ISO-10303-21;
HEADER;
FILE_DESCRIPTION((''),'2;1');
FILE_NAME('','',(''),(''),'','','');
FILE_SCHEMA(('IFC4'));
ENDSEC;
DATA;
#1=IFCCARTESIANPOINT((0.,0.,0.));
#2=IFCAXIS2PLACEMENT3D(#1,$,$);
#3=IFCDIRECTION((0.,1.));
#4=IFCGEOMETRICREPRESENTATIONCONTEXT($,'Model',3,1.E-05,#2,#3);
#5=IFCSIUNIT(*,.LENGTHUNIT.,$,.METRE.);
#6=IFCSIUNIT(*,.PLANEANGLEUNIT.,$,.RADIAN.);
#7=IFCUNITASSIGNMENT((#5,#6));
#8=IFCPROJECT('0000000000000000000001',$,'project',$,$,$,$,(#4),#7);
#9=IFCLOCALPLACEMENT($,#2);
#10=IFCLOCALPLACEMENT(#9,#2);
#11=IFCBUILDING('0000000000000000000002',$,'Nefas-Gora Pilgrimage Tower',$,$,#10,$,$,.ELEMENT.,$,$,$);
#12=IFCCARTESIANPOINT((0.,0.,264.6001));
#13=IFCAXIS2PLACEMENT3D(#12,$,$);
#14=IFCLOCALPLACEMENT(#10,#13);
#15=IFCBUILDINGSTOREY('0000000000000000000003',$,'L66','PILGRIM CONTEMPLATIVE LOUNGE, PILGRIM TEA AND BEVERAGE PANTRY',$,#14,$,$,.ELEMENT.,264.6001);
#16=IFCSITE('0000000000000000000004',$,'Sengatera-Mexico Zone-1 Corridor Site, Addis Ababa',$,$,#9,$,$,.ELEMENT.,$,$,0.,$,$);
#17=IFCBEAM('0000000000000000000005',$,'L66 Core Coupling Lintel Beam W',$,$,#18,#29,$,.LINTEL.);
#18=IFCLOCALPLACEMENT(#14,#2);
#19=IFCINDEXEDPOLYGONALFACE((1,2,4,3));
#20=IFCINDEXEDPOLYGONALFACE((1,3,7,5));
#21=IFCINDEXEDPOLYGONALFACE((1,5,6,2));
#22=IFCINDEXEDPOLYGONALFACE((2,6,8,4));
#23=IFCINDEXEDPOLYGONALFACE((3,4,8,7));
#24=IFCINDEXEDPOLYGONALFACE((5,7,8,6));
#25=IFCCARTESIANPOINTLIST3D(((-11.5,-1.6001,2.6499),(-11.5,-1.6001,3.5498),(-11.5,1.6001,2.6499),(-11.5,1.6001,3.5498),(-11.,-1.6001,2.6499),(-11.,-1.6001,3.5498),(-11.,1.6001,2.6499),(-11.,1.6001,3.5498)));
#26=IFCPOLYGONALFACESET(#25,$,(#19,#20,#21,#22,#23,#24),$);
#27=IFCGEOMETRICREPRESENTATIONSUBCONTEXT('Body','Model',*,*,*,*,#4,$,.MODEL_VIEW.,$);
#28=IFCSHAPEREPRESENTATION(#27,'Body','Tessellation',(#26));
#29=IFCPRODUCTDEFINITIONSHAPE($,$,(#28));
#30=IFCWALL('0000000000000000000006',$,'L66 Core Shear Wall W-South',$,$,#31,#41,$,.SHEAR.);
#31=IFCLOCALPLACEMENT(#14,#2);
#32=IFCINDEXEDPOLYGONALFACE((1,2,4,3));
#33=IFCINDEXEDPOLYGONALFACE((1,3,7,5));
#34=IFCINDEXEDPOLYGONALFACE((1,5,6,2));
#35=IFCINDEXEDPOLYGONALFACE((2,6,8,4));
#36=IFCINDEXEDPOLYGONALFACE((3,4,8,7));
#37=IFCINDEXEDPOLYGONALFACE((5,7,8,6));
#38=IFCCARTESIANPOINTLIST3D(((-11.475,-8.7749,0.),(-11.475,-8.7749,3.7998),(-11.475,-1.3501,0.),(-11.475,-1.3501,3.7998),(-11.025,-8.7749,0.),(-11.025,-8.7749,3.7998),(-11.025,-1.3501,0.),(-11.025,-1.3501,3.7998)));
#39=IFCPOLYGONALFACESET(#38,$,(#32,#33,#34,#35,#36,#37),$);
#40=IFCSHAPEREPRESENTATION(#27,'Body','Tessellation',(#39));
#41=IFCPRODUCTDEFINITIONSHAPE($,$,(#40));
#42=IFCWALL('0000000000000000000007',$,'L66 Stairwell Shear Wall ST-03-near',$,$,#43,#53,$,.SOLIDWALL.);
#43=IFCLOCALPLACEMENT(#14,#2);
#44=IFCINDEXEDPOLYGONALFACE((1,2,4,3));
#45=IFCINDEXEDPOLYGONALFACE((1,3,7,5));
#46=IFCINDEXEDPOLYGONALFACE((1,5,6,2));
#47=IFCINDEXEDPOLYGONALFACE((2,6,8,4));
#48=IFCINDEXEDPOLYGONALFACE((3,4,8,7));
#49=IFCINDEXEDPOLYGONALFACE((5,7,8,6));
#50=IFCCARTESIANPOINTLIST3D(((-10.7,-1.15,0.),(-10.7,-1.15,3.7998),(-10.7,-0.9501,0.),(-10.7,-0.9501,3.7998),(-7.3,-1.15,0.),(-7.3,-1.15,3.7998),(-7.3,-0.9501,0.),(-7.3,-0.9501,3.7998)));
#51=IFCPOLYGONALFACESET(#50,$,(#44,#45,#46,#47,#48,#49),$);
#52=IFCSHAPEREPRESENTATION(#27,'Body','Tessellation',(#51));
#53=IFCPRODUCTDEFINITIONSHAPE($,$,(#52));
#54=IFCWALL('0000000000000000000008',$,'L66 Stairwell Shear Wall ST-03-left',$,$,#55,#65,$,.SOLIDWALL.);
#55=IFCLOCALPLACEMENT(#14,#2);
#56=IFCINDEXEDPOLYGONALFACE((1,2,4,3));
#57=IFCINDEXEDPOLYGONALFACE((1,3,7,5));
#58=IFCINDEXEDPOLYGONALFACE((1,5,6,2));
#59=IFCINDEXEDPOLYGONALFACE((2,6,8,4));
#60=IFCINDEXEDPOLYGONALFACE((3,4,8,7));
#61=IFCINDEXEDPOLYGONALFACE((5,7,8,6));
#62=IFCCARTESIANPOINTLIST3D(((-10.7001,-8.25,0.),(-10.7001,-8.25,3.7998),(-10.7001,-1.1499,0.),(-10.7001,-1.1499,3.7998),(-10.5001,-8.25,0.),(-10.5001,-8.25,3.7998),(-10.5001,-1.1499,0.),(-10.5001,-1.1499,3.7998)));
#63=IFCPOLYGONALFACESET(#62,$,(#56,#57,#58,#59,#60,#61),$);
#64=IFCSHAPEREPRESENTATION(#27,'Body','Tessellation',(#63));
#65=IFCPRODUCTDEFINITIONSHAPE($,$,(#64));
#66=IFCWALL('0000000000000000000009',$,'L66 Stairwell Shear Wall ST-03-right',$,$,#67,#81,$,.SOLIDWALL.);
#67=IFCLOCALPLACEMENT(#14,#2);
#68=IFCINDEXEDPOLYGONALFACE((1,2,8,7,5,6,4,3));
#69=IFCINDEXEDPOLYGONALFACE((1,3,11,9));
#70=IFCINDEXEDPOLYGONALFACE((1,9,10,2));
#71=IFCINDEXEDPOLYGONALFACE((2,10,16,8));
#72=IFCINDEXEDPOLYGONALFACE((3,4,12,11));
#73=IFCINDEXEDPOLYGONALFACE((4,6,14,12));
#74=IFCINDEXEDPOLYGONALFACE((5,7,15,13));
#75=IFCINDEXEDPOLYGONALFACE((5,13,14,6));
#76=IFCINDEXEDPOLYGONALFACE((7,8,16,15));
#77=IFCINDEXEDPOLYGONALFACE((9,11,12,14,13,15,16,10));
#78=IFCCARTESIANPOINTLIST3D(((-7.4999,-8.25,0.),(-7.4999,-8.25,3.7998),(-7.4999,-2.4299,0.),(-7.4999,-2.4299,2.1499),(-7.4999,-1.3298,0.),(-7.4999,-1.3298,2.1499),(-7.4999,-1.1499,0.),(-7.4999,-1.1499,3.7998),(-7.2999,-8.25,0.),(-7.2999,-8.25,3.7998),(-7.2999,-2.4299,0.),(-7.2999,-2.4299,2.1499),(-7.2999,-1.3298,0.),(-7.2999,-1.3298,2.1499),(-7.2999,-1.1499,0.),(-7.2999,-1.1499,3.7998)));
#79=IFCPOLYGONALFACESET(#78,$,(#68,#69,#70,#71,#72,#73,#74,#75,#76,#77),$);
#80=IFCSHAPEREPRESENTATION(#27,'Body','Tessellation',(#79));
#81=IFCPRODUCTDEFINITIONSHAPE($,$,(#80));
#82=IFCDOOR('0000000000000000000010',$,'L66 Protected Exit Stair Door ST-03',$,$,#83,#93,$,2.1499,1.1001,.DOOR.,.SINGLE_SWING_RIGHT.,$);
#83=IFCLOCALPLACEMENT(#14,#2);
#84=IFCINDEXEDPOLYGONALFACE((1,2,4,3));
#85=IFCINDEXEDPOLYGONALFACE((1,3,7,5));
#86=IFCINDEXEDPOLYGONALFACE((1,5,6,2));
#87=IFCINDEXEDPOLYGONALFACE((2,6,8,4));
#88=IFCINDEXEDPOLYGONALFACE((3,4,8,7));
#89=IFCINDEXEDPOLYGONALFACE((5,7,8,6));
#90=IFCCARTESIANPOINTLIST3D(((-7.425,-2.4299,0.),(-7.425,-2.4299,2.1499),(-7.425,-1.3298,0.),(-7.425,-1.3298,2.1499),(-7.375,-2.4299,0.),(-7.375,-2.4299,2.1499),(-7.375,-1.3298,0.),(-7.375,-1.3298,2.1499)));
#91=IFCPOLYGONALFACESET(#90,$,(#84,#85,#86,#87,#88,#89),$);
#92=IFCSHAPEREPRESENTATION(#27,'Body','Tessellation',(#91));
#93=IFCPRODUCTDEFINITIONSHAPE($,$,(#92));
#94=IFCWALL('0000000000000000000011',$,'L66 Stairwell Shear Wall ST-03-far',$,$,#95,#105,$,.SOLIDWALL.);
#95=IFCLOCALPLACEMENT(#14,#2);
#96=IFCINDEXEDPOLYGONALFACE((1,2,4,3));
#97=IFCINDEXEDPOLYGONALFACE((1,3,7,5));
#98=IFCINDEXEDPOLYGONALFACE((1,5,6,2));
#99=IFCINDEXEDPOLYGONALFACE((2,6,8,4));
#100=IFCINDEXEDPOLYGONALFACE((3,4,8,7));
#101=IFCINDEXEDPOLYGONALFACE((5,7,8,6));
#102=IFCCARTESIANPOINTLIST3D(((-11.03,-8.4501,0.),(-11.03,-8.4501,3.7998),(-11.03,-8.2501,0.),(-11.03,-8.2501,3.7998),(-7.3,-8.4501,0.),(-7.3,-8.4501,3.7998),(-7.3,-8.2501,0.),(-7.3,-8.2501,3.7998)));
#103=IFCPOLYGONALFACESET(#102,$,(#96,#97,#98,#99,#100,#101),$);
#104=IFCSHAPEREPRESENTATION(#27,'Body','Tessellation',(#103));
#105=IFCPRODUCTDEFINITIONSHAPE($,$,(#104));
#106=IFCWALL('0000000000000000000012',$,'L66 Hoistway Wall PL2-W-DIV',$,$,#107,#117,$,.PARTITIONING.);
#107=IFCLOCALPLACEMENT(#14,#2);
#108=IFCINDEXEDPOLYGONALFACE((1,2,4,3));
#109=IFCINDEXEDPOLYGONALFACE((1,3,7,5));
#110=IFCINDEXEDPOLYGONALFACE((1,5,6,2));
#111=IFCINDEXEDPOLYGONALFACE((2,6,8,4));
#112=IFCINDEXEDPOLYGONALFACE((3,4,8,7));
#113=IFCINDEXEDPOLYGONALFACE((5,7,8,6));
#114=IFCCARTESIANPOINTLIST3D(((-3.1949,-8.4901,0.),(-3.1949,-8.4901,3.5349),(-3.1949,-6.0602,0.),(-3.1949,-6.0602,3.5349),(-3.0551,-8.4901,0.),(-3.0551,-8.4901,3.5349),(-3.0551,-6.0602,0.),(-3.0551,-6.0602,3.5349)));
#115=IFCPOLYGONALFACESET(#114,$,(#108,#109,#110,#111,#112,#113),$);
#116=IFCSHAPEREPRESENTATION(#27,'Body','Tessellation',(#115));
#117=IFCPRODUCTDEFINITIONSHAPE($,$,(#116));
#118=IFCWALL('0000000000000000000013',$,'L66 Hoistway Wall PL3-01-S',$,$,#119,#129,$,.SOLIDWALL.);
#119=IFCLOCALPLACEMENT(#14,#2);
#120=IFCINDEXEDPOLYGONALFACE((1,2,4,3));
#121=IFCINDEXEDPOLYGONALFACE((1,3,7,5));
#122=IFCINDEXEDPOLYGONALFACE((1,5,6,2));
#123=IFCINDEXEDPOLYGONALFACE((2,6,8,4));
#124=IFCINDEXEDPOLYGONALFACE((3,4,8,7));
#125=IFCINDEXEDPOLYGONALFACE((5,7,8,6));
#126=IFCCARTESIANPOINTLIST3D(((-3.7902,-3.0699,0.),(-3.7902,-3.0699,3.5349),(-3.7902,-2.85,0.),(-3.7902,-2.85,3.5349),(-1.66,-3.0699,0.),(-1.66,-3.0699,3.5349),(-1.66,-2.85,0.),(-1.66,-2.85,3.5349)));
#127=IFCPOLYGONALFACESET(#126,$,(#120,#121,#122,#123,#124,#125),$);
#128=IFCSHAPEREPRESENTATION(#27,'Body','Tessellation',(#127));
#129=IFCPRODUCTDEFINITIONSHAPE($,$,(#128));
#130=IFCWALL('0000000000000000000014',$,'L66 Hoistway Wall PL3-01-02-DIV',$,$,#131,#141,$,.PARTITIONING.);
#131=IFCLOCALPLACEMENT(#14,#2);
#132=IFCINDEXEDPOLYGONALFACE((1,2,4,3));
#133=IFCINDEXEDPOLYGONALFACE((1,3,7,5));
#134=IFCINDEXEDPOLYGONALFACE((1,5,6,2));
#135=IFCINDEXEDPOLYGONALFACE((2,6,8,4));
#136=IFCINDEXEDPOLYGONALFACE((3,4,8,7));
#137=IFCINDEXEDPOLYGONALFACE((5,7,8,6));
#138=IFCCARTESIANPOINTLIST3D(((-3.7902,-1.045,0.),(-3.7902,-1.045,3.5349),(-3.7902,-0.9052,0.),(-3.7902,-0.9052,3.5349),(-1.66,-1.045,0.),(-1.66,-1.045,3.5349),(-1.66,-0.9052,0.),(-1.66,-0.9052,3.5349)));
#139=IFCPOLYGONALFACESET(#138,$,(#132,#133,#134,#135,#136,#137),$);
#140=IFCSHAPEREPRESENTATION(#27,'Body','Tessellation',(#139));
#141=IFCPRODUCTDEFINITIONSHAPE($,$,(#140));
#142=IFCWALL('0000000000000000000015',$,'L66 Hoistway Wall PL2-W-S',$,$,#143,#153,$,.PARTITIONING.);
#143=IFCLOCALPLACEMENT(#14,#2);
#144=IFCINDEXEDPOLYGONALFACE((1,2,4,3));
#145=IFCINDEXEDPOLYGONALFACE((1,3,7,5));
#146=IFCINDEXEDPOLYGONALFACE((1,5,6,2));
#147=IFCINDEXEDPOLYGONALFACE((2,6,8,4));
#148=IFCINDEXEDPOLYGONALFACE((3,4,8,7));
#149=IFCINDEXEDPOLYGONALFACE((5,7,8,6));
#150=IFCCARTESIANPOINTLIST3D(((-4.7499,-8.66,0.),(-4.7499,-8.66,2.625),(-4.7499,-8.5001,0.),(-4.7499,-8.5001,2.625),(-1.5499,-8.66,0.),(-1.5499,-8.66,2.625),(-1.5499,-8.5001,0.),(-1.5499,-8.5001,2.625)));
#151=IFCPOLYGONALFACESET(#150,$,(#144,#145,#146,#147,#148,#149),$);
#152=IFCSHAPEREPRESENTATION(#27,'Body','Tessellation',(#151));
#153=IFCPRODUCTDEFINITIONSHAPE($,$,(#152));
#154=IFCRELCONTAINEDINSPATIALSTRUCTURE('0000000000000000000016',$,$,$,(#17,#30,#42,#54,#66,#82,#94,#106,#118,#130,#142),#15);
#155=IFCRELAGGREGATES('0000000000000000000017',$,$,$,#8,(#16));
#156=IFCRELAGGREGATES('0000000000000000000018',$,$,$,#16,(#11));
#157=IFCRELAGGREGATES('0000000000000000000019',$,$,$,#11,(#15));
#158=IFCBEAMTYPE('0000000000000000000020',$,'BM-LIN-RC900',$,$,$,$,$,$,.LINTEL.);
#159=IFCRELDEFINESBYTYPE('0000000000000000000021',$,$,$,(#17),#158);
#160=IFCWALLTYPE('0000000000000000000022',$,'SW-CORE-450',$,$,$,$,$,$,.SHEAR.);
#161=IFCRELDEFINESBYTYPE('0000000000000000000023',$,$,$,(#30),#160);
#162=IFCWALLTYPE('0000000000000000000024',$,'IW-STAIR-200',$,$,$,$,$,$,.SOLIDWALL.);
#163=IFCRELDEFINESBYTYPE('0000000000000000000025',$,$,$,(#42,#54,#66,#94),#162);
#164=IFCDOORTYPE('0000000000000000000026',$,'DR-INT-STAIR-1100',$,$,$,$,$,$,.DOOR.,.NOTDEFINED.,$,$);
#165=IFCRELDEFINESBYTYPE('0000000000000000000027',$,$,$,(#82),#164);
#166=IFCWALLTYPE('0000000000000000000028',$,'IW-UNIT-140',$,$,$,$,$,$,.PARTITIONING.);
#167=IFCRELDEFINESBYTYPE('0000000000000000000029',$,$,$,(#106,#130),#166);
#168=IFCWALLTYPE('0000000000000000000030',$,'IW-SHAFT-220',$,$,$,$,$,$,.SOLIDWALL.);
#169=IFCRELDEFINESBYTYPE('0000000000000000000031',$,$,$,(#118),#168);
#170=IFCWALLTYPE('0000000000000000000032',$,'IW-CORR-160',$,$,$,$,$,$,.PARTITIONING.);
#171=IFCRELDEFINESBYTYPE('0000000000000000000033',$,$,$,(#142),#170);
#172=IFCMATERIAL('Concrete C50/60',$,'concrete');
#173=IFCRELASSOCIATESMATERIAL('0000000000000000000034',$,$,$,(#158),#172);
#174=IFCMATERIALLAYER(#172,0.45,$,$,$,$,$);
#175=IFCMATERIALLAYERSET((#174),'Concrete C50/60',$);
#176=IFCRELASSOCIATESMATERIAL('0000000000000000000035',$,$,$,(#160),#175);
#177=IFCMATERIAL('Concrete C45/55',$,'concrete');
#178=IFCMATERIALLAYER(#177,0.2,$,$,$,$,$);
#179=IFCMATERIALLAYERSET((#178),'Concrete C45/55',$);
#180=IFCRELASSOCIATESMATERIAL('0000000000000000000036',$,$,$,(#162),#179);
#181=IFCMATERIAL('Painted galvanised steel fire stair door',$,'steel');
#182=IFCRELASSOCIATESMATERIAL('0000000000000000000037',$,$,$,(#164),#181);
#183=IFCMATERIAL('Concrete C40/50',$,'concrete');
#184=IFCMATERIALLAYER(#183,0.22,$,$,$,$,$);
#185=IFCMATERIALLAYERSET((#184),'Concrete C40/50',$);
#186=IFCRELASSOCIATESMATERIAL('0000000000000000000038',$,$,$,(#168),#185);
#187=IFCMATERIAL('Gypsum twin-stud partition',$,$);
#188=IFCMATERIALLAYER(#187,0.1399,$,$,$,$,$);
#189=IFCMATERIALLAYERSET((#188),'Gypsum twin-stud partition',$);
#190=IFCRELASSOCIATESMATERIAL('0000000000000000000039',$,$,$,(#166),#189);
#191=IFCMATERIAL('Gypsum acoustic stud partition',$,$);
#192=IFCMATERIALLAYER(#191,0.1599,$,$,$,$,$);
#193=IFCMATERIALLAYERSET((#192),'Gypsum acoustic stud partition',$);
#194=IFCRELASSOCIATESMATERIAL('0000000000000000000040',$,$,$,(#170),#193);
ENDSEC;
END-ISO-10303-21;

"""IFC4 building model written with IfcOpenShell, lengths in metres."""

from ifc_helpers import new_model, si_unit, direction, frame, frame_2d, origin, origin_2d, place, context, subcontext, project, spatial, rectangle, extrude, source, transform, mapped, material, layer, layer_set, material_profile, profile_set, type_object, element, fill, save


model = new_model("IFC4")

# Units and contexts
model_context = context("Model", 3, precision=1e-05, world=origin(), true_north=direction((0.0, 1.0)))
body_context = subcontext(model_context, "Body", "Model", "MODEL_VIEW")
ifc_project = project(units=[si_unit("LENGTHUNIT", "METRE"), si_unit("PLANEANGLEUNIT", "RADIAN")], contexts=[model_context])

# Site, building, storey
site_placement = place(None, origin())
site = spatial("IfcSite", under=ifc_project, at=site_placement, Name="Sengatera-Mexico Zone-1 Corridor Site, Addis Ababa", CompositionType="ELEMENT", RefElevation=0.0)
building_placement = place(site_placement, origin())
building = spatial("IfcBuilding", under=site, at=building_placement, Name="Nefas-Gora Pilgrimage Tower", CompositionType="ELEMENT")
storey_placement = place(building_placement, frame((0.0, 0.0, 264.6001)))
storey = spatial("IfcBuildingStorey", under=building, at=storey_placement, Name="L66", Description="PILGRIM CONTEMPLATIVE LOUNGE, PILGRIM TEA AND BEVERAGE PANTRY", CompositionType="ELEMENT", Elevation=264.6001)

# Beam
ifc_material_1 = material(Name="Concrete C50/60", Category="concrete")
ifc_material_profile = material_profile(ifc_material_1, rectangle(XDim=0.5, YDim=0.8999, at=origin_2d()), Name="RC 500x900")
ifc_profile_set = profile_set([ifc_material_profile], Name="Concrete C50/60")
beam_type = type_object("IfcBeamType", Name="BM-LIN-RC900", PredefinedType="LINTEL", material=ifc_profile_set)
shared_shape_1 = source(origin(), body_context, "Body", "SweptSolid", [
    extrude(rectangle(XDim=0.5, YDim=0.8999, at=origin_2d()), origin(), (0.0, 0.0, 1.0), 3.2002),
])
beam_placement = place(storey_placement, frame((-11.25, -1.6001, 3.0999), z_axis=(0.0, 1.0, 0.0), x_axis=(-1.0, 0.0, 0.0)))
element("IfcBeam", 1, at=beam_placement, inside=storey, type_object=beam_type, Name="L66 Core Coupling Lintel Beam W", PredefinedType="LINTEL", context=body_context, shape_type="MappedRepresentation", body=[
    mapped(shared_shape_1, transform((0.0, 0.0, 0.0), x_axis=(1.0, 0.0, 0.0), y_axis=(0.0, 1.0, 0.0), z_axis=(0.0, 0.0, 1.0), scale=1.0)),
])

# Walls
ifc_layer_1 = layer(ifc_material_1, 0.45)
ifc_layer_set_1 = layer_set([ifc_layer_1], Name="Concrete C50/60")
wall_type_1 = type_object("IfcWallType", Name="SW-CORE-450", PredefinedType="SHEAR", material=ifc_layer_set_1)
shared_shape_2 = source(origin(), body_context, "Body", "SweptSolid", [
    extrude(rectangle(XDim=7.4248, YDim=0.45, at=frame_2d((3.7124, 0.0))), origin(), (0.0, 0.0, 1.0), 3.7998),
])
wall_1_placement = place(storey_placement, frame((-11.25, -8.7749, 0.0), z_axis=(0.0, 0.0, 1.0), x_axis=(0.0, 1.0, 0.0)))
element("IfcWall", 2, at=wall_1_placement, inside=storey, type_object=wall_type_1, Name="L66 Core Shear Wall W-South", PredefinedType="SHEAR", context=body_context, shape_type="MappedRepresentation", body=[
    mapped(shared_shape_2, transform((0.0, 0.0, 0.0), x_axis=(1.0, 0.0, 0.0), y_axis=(0.0, 1.0, 0.0), z_axis=(0.0, 0.0, 1.0), scale=1.0)),
])
ifc_material_2 = material(Name="Concrete C45/55", Category="concrete")
ifc_layer_2 = layer(ifc_material_2, 0.2)
ifc_layer_set_2 = layer_set([ifc_layer_2], Name="Concrete C45/55")
wall_type_2 = type_object("IfcWallType", Name="IW-STAIR-200", PredefinedType="SOLIDWALL", material=ifc_layer_set_2)
shared_shape_3 = source(origin(), body_context, "Body", "SweptSolid", [
    extrude(rectangle(XDim=3.3999, YDim=0.2, at=frame_2d((1.7, 0.0))), origin(), (0.0, 0.0, 1.0), 3.7998),
])
wall_2_placement = place(storey_placement, frame((-10.7, -1.05, 0.0), z_axis=(0.0, 0.0, 1.0), x_axis=(1.0, 0.0, 0.0)))
element("IfcWall", 3, at=wall_2_placement, inside=storey, type_object=wall_type_2, Name="L66 Stairwell Shear Wall ST-03-near", PredefinedType="SOLIDWALL", context=body_context, shape_type="MappedRepresentation", body=[
    mapped(shared_shape_3, transform((0.0, 0.0, 0.0), x_axis=(1.0, 0.0, 0.0), y_axis=(0.0, 1.0, 0.0), z_axis=(0.0, 0.0, 1.0), scale=1.0)),
])
shared_shape_4 = source(origin(), body_context, "Body", "SweptSolid", [
    extrude(rectangle(XDim=7.1001, YDim=0.2, at=frame_2d((3.55, 0.0))), origin(), (0.0, 0.0, 1.0), 3.7998),
])
wall_3_placement = place(storey_placement, frame((-10.6001, -1.1499, 0.0), z_axis=(0.0, 0.0, 1.0), x_axis=(0.0, -1.0, 0.0)))
element("IfcWall", 4, at=wall_3_placement, inside=storey, type_object=wall_type_2, Name="L66 Stairwell Shear Wall ST-03-left", PredefinedType="SOLIDWALL", context=body_context, shape_type="MappedRepresentation", body=[
    mapped(shared_shape_4, transform((0.0, 0.0, 0.0), x_axis=(1.0, 0.0, 0.0), y_axis=(0.0, 1.0, 0.0), z_axis=(0.0, 0.0, 1.0), scale=1.0)),
])

# Wall, opening, door
wall_4_placement = place(storey_placement, frame((-7.3999, -1.1499, 0.0), z_axis=(0.0, 0.0, 1.0), x_axis=(0.0, -1.0, 0.0)))
wall_4 = element("IfcWall", 5, at=wall_4_placement, inside=storey, type_object=wall_type_2, Name="L66 Stairwell Shear Wall ST-03-right", PredefinedType="SOLIDWALL", context=body_context, shape_type="MappedRepresentation", body=[
    mapped(shared_shape_4, transform((0.0, 0.0, 0.0), x_axis=(1.0, 0.0, 0.0), y_axis=(0.0, 1.0, 0.0), z_axis=(0.0, 0.0, 1.0), scale=1.0)),
])
opening_placement = place(wall_4_placement, frame((0.1799, 0.0, 0.0)))
opening = element("IfcOpeningElement", 6, at=opening_placement, cuts=wall_4, PredefinedType="OPENING", context=body_context, shape_type="SweptSolid", body=[
    extrude(rectangle(XDim=1.1001, YDim=2.1499, at=frame_2d((0.55, 1.075))), frame((0.0, 0.1099, 0.0), z_axis=(0.0, -1.0, 0.0), x_axis=(1.0, 0.0, 0.0)), (0.0, 0.0, 1.0), 0.22),
])
ifc_material_3 = material(Name="Painted galvanised steel fire stair door", Category="steel")
door_type = type_object("IfcDoorType", Name="DR-INT-STAIR-1100", OperationType="NOTDEFINED", PredefinedType="DOOR", material=ifc_material_3)
shared_shape_5 = source(origin(), body_context, "Body", "SweptSolid", [
    extrude(rectangle(XDim=1.1001, YDim=2.1499, at=frame_2d((0.55, 1.075))), frame((0.0, 0.0249, 0.0), z_axis=(0.0, -1.0, 0.0), x_axis=(1.0, 0.0, 0.0)), (0.0, 0.0, 1.0), 0.05),
])
door_placement = place(opening_placement, origin())
door = element("IfcDoor", 7, at=door_placement, inside=storey, type_object=door_type, Name="L66 Protected Exit Stair Door ST-03", OperationType="SINGLE_SWING_RIGHT", OverallHeight=2.1499, OverallWidth=1.1001, PredefinedType="DOOR", context=body_context, shape_type="MappedRepresentation", body=[
    mapped(shared_shape_5, transform((0.0, 0.0, 0.0), x_axis=(1.0, 0.0, 0.0), y_axis=(0.0, 1.0, 0.0), z_axis=(0.0, 0.0, 1.0), scale=1.0)),
])
fill(opening, door)

# Walls
shared_shape_6 = source(origin(), body_context, "Body", "SweptSolid", [
    extrude(rectangle(XDim=3.73, YDim=0.2, at=frame_2d((1.865, 0.0))), origin(), (0.0, 0.0, 1.0), 3.7998),
])
wall_5_placement = place(storey_placement, frame((-11.03, -8.3501, 0.0), z_axis=(0.0, 0.0, 1.0), x_axis=(1.0, 0.0, 0.0)))
element("IfcWall", 8, at=wall_5_placement, inside=storey, type_object=wall_type_2, Name="L66 Stairwell Shear Wall ST-03-far", PredefinedType="SOLIDWALL", context=body_context, shape_type="MappedRepresentation", body=[
    mapped(shared_shape_6, transform((0.0, 0.0, 0.0), x_axis=(1.0, 0.0, 0.0), y_axis=(0.0, 1.0, 0.0), z_axis=(0.0, 0.0, 1.0), scale=1.0)),
])
ifc_material_4 = material(Name="Concrete C40/50", Category="concrete")
ifc_layer_3 = layer(ifc_material_4, 0.22)
ifc_layer_set_3 = layer_set([ifc_layer_3], Name="Concrete C40/50")
wall_type_3 = type_object("IfcWallType", Name="IW-SHAFT-220", PredefinedType="SOLIDWALL", material=ifc_layer_set_3)
ifc_material_5 = material(Name="Gypsum twin-stud partition")
ifc_layer_4 = layer(ifc_material_5, 0.1399)
ifc_layer_set_4 = layer_set([ifc_layer_4], Name="Gypsum twin-stud partition")
wall_type_4 = type_object("IfcWallType", Name="IW-UNIT-140", PredefinedType="PARTITIONING", material=ifc_layer_set_4)
shared_shape_7 = source(origin(), body_context, "Body", "SweptSolid", [
    extrude(rectangle(XDim=2.4299, YDim=0.1399, at=frame_2d((1.2148, 0.0))), origin(), (0.0, 0.0, 1.0), 3.5349),
])
wall_6_placement = place(storey_placement, frame((-3.125, -8.49, 0.0), z_axis=(0.0, 0.0, 1.0), x_axis=(0.0, 1.0, 0.0)))
element("IfcWall", 9, at=wall_6_placement, inside=storey, type_object=wall_type_4, Name="L66 Hoistway Wall PL2-W-DIV", PredefinedType="PARTITIONING", context=body_context, shape_type="MappedRepresentation", body=[
    mapped(shared_shape_7, transform((0.0, 0.0, 0.0), x_axis=(1.0, 0.0, 0.0), y_axis=(0.0, 1.0, 0.0), z_axis=(0.0, 0.0, 1.0), scale=1.0)),
])
shared_shape_8 = source(origin(), body_context, "Body", "SweptSolid", [
    extrude(rectangle(XDim=2.1301, YDim=0.22, at=frame_2d((1.0649, 0.0))), origin(), (0.0, 0.0, 1.0), 3.5349),
])
wall_7_placement = place(storey_placement, frame((-3.79, -2.96, 0.0), z_axis=(0.0, 0.0, 1.0), x_axis=(1.0, 0.0, 0.0)))
element("IfcWall", 10, at=wall_7_placement, inside=storey, type_object=wall_type_3, Name="L66 Hoistway Wall PL3-01-S", PredefinedType="SOLIDWALL", context=body_context, shape_type="MappedRepresentation", body=[
    mapped(shared_shape_8, transform((0.0, 0.0, 0.0), x_axis=(1.0, 0.0, 0.0), y_axis=(0.0, 1.0, 0.0), z_axis=(0.0, 0.0, 1.0), scale=1.0)),
])
shared_shape_9 = source(origin(), body_context, "Body", "SweptSolid", [
    extrude(rectangle(XDim=2.1301, YDim=0.1399, at=frame_2d((1.0649, 0.0))), origin(), (0.0, 0.0, 1.0), 3.5349),
])
wall_8_placement = place(storey_placement, frame((-3.79, -0.9751, 0.0), z_axis=(0.0, 0.0, 1.0), x_axis=(1.0, 0.0, 0.0)))
element("IfcWall", 11, at=wall_8_placement, inside=storey, type_object=wall_type_4, Name="L66 Hoistway Wall PL3-01-02-DIV", PredefinedType="PARTITIONING", context=body_context, shape_type="MappedRepresentation", body=[
    mapped(shared_shape_9, transform((0.0, 0.0, 0.0), x_axis=(1.0, 0.0, 0.0), y_axis=(0.0, 1.0, 0.0), z_axis=(0.0, 0.0, 1.0), scale=1.0)),
])
ifc_material_6 = material(Name="Gypsum acoustic stud partition")
ifc_layer_5 = layer(ifc_material_6, 0.1599)
ifc_layer_set_5 = layer_set([ifc_layer_5], Name="Gypsum acoustic stud partition")
wall_type_5 = type_object("IfcWallType", Name="IW-CORR-160", PredefinedType="PARTITIONING", material=ifc_layer_set_5)
shared_shape_10 = source(origin(), body_context, "Body", "SweptSolid", [
    extrude(rectangle(XDim=3.2, YDim=0.1599, at=frame_2d((1.6001, 0.0))), origin(), (0.0, 0.0, 1.0), 2.625),
])
wall_9_placement = place(storey_placement, frame((-4.75, -8.5801, 0.0), z_axis=(0.0, 0.0, 1.0), x_axis=(1.0, 0.0, 0.0)))
element("IfcWall", 12, at=wall_9_placement, inside=storey, type_object=wall_type_5, Name="L66 Hoistway Wall PL2-W-S", PredefinedType="PARTITIONING", context=body_context, shape_type="MappedRepresentation", body=[
    mapped(shared_shape_10, transform((0.0, 0.0, 0.0), x_axis=(1.0, 0.0, 0.0), y_axis=(0.0, 1.0, 0.0), z_axis=(0.0, 0.0, 1.0), scale=1.0)),
])

save(model, "model.ifc")
